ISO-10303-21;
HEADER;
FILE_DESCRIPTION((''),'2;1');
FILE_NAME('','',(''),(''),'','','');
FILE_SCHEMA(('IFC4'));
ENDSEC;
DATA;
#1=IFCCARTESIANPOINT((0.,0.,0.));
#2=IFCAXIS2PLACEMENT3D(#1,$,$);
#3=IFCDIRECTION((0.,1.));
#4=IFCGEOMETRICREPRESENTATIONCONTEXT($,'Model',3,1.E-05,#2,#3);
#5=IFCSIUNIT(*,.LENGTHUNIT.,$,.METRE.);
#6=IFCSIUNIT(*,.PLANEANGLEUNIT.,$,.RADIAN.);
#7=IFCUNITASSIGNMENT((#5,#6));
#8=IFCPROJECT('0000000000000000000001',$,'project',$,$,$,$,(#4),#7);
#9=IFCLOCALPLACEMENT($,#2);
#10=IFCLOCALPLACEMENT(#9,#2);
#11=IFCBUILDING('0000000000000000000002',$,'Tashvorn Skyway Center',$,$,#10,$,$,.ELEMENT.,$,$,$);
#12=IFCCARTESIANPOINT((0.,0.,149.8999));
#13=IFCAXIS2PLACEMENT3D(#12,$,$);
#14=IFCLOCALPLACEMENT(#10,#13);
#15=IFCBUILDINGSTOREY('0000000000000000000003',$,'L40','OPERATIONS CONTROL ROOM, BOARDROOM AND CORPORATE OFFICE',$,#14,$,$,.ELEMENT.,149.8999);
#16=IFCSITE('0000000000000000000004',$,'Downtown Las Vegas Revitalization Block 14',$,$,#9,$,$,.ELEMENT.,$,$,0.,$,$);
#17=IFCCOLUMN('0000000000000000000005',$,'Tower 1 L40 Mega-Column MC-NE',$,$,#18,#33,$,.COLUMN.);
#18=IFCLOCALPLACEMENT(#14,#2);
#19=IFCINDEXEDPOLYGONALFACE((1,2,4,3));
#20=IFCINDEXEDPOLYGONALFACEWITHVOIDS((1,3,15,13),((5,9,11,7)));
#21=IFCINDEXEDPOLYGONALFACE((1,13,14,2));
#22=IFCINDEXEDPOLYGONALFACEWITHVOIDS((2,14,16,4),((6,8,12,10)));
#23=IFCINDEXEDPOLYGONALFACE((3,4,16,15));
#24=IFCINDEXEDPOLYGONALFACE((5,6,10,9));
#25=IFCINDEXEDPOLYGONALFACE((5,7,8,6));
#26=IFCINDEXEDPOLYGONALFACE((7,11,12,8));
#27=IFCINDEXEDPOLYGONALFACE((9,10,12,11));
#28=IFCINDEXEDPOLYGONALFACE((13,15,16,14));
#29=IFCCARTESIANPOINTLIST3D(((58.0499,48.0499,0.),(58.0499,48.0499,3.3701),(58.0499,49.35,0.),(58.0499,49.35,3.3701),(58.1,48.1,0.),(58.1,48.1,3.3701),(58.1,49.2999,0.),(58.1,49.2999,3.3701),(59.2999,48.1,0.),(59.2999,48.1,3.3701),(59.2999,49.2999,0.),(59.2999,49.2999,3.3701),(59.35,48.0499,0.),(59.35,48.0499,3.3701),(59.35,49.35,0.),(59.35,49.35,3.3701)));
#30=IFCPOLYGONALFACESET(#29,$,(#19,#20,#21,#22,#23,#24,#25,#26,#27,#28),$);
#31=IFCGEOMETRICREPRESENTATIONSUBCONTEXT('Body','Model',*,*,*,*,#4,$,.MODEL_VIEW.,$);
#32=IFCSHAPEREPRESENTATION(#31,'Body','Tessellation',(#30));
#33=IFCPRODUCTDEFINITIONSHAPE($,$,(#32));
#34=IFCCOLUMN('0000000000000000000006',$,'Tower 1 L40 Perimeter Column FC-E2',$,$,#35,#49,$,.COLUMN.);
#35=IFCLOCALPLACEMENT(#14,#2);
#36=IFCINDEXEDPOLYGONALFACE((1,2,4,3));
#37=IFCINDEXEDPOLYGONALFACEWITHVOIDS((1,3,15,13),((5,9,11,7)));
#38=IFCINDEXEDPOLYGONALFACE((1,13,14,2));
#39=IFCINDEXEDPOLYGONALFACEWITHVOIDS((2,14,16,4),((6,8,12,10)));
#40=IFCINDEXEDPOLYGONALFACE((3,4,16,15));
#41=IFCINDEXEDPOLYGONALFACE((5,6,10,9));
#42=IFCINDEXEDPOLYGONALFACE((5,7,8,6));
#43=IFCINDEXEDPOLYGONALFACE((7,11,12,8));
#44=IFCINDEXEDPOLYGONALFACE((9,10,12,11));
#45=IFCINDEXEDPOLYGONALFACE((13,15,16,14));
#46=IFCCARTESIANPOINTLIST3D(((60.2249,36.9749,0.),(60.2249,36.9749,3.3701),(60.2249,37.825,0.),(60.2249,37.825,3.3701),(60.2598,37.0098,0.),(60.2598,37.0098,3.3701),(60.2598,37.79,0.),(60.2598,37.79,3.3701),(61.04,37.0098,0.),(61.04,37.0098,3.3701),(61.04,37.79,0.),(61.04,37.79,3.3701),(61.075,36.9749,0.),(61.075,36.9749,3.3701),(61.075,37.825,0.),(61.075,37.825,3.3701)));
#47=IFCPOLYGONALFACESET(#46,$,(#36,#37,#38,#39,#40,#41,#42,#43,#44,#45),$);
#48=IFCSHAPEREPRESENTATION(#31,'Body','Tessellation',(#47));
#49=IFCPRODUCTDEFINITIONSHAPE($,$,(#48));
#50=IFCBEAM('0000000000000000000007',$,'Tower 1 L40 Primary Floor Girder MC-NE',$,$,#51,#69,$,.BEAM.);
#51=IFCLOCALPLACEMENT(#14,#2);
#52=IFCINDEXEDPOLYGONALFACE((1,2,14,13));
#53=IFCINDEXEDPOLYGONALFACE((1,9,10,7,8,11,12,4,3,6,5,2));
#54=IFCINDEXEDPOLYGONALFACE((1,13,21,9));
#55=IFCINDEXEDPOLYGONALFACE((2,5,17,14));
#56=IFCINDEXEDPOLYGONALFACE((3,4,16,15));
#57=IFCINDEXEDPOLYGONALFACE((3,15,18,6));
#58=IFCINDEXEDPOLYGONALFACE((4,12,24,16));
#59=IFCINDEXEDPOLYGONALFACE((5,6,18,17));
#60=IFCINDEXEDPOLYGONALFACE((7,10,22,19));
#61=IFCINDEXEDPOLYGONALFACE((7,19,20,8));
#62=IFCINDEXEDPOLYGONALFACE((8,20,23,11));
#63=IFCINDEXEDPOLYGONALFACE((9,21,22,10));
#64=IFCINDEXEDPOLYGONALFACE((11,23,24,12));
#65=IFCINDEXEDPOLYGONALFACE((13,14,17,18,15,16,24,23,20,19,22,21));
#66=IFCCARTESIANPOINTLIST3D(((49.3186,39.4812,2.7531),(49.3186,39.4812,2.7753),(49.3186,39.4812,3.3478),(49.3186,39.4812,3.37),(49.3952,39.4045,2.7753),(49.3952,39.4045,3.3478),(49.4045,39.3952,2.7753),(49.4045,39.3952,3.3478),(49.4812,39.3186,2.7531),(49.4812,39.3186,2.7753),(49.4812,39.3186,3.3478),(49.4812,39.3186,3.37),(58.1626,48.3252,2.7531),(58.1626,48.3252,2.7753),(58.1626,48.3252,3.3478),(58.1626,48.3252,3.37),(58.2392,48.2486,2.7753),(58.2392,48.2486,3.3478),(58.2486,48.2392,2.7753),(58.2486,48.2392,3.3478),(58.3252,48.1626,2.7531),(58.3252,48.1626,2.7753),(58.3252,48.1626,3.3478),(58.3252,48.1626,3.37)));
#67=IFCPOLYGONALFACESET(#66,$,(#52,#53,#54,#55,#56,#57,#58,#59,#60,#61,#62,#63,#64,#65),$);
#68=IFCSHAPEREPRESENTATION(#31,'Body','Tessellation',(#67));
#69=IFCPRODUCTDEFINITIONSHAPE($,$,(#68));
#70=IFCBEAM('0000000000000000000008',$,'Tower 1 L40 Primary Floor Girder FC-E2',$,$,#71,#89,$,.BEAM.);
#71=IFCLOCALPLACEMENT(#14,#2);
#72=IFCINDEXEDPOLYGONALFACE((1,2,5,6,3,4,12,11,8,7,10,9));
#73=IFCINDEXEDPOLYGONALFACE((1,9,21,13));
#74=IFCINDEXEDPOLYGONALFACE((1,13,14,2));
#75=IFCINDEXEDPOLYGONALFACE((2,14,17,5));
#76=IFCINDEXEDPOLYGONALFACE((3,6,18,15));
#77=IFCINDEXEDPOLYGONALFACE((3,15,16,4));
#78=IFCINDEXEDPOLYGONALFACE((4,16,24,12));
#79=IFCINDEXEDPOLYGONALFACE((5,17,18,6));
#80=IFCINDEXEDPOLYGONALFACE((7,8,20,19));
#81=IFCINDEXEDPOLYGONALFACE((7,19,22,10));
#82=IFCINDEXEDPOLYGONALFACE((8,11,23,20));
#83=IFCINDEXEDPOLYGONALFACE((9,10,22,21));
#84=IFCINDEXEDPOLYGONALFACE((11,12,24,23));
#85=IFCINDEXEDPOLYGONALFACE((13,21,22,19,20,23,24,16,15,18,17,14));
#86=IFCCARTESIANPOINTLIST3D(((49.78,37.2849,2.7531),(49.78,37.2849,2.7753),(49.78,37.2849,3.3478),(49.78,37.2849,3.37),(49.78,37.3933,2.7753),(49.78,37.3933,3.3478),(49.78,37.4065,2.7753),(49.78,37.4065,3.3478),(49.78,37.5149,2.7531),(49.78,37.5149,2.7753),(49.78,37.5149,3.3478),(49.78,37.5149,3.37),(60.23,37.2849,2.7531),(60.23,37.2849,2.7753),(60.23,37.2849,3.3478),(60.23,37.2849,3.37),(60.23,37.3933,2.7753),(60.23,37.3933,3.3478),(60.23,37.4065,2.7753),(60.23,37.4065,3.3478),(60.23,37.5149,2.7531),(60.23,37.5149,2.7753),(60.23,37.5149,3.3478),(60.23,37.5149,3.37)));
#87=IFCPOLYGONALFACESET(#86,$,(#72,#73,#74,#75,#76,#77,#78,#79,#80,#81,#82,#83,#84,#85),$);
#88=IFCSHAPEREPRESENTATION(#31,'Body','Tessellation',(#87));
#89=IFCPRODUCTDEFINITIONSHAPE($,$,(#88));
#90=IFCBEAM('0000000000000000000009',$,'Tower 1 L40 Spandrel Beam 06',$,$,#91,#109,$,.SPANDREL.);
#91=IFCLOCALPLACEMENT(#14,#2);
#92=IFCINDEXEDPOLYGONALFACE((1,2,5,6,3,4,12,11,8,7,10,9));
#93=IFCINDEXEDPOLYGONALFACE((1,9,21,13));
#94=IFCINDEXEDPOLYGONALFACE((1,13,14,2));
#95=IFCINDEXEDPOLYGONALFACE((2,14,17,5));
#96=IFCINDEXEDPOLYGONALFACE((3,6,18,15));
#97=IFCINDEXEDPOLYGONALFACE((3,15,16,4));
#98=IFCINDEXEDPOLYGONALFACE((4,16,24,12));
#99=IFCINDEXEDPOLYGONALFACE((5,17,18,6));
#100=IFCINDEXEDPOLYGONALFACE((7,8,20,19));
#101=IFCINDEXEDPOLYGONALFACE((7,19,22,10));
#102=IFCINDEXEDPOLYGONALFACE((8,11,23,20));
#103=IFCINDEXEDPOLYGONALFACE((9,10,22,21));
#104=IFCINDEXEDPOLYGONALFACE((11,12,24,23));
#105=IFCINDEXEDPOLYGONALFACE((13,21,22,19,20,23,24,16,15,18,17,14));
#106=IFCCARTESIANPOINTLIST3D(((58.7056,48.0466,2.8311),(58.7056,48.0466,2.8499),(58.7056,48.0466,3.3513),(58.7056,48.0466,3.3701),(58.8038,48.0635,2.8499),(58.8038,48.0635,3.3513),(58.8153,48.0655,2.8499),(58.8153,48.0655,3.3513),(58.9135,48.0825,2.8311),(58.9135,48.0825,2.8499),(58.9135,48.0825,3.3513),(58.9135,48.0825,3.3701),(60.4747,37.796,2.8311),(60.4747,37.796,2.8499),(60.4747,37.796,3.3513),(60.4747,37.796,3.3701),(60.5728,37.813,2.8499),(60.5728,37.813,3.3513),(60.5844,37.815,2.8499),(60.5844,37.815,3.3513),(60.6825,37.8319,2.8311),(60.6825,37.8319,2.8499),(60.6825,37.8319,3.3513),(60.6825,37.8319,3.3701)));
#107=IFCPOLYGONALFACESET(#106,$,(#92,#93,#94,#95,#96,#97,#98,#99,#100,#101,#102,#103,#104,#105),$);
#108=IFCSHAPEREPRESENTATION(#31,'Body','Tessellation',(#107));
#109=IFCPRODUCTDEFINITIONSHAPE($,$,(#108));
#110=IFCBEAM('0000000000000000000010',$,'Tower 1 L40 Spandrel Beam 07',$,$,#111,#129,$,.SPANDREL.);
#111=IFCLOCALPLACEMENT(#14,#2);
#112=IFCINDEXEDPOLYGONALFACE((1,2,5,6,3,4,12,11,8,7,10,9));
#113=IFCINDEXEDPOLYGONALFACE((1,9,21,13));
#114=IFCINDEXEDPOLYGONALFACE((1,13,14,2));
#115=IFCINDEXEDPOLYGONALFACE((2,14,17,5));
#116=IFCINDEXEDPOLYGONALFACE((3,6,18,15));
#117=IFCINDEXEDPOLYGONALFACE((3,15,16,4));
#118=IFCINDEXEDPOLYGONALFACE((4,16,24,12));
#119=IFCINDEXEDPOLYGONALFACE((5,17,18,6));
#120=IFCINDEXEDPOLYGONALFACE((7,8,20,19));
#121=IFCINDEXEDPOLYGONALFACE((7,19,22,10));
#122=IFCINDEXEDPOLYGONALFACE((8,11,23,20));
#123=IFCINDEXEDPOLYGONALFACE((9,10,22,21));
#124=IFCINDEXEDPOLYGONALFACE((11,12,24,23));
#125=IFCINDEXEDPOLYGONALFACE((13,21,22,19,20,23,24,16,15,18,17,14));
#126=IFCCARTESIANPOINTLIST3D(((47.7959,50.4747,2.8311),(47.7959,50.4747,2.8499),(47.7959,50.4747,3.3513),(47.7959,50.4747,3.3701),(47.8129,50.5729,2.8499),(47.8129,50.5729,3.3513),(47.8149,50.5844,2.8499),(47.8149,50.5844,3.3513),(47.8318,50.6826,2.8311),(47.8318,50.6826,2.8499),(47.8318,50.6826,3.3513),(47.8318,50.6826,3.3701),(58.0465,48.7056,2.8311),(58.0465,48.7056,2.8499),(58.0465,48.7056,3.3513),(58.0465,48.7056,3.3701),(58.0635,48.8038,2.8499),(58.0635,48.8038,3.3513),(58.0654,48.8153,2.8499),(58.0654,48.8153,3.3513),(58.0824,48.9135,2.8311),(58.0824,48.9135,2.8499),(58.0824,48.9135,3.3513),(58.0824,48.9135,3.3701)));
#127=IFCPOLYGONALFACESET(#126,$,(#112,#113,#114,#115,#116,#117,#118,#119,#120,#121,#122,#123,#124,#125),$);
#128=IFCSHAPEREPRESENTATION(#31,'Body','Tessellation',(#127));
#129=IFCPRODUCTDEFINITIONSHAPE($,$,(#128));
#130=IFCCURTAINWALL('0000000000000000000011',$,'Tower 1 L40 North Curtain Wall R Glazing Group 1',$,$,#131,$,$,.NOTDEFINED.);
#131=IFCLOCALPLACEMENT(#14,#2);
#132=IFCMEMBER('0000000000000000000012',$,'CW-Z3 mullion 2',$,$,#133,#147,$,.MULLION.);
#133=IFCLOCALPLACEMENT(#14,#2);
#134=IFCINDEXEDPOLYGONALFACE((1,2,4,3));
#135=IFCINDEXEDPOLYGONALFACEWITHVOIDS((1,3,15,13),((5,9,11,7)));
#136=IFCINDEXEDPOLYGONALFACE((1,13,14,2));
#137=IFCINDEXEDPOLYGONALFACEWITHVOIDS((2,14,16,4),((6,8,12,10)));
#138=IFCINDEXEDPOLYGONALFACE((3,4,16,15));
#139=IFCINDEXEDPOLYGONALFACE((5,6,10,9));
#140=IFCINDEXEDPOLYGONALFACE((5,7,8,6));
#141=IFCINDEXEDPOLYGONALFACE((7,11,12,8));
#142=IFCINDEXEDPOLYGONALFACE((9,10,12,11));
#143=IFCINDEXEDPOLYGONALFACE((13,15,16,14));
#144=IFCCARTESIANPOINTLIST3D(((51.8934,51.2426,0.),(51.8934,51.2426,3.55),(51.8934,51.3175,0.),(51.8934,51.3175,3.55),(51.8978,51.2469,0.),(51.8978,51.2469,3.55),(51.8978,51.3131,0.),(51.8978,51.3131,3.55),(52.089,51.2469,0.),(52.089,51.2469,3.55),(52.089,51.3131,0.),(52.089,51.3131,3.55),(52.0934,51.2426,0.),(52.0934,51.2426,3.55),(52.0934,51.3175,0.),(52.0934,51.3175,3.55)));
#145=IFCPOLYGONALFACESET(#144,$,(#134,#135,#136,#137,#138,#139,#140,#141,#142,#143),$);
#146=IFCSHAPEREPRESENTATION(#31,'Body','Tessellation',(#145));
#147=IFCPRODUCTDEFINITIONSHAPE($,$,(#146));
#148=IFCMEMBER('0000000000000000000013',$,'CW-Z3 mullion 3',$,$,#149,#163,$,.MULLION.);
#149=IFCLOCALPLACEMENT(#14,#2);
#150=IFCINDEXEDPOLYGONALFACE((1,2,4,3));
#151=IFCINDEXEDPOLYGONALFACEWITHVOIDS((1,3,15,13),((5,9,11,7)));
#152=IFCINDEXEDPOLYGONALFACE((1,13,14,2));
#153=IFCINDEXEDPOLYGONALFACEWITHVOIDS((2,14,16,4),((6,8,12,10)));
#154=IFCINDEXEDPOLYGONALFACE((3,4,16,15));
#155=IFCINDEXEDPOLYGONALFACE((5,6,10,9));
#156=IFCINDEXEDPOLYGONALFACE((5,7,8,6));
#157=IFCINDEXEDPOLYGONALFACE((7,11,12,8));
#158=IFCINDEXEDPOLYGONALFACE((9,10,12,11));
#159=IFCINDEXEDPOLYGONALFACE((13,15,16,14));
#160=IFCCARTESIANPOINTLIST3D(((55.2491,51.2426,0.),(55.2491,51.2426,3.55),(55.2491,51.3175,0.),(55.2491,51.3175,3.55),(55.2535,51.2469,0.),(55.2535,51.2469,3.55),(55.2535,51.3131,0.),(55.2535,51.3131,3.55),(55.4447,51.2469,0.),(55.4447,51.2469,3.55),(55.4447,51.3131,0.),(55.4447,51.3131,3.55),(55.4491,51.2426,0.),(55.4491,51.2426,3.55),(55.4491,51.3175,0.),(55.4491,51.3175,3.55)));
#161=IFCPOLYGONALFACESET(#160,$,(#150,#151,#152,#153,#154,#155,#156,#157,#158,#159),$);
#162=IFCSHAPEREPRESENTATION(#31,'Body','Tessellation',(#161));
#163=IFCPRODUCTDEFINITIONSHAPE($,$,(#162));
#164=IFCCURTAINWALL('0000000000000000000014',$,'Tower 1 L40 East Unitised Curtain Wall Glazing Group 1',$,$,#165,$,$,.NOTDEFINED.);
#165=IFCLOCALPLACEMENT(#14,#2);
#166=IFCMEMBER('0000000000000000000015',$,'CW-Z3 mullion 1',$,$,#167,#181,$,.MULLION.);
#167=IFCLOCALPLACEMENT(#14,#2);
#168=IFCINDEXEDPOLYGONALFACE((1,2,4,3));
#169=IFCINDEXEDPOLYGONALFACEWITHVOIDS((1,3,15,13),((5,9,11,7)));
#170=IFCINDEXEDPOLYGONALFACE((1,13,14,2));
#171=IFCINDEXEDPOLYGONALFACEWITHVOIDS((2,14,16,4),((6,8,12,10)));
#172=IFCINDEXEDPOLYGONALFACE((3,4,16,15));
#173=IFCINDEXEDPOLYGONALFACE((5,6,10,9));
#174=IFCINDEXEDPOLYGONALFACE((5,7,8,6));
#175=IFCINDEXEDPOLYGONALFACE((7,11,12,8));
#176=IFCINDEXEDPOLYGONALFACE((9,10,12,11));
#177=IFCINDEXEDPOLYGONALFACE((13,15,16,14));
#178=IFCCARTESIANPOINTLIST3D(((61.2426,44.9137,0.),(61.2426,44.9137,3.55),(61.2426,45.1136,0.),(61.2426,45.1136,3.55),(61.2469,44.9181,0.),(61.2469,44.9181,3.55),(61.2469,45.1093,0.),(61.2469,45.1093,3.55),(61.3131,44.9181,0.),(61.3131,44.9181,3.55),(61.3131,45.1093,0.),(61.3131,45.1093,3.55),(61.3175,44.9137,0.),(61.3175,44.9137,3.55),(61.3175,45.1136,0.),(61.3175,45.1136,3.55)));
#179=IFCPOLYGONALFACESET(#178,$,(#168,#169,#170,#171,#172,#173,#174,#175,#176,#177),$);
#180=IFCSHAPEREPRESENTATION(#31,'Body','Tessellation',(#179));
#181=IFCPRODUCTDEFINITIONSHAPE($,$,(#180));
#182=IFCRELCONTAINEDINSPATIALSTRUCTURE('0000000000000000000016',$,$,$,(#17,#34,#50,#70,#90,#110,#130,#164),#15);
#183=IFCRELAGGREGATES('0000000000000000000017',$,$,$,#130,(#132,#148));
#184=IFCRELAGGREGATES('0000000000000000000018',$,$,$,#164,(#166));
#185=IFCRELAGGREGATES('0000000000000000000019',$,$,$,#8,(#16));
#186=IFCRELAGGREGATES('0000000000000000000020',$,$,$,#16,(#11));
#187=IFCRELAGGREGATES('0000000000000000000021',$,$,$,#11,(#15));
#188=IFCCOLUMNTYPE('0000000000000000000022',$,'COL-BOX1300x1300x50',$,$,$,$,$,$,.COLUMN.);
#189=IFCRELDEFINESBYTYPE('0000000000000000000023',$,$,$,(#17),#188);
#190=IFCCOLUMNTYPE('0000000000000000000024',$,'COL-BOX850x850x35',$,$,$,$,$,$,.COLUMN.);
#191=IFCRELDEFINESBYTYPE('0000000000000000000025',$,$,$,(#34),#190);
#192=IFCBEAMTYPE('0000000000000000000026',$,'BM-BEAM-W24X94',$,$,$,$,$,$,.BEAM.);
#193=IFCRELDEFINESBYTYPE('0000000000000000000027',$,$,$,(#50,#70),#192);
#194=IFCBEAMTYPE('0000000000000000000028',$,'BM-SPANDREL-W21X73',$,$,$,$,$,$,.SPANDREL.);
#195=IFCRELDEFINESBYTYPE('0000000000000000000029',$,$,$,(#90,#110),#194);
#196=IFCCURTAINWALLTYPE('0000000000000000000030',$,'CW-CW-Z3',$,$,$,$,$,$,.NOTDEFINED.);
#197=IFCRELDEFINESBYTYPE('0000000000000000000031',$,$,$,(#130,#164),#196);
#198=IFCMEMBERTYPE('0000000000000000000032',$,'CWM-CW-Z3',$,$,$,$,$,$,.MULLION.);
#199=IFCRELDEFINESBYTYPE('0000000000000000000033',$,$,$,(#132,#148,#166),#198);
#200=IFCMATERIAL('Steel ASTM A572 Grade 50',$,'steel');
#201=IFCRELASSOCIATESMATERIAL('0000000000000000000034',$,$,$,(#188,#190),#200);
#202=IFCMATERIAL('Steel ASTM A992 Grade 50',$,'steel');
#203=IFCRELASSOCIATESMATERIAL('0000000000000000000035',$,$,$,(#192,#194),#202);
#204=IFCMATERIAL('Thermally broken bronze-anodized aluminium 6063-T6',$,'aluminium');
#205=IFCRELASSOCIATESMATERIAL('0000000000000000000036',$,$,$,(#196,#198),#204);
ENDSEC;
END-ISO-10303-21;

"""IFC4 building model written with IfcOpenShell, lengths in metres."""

from ifc_helpers import new_model, si_unit, direction, frame, origin, origin_2d, place, context, subcontext, project, spatial, hollow_rectangle, i_section, extrude, material, material_profile, profile_set, type_object, element, aggregate, save


model = new_model("IFC4")

# Units and contexts
model_context = context("Model", 3, precision=1e-05, world=origin(), true_north=direction((0.0, 1.0)))
body_context = subcontext(model_context, "Body", "Model", "MODEL_VIEW")
ifc_project = project(units=[si_unit("LENGTHUNIT", "METRE"), si_unit("PLANEANGLEUNIT", "RADIAN")], contexts=[model_context])

# Site, building, storey
site_placement = place(None, origin())
site = spatial("IfcSite", under=ifc_project, at=site_placement, Name="Downtown Las Vegas Revitalization Block 14", CompositionType="ELEMENT", RefElevation=0.0)
building_placement = place(site_placement, origin())
building = spatial("IfcBuilding", under=site, at=building_placement, Name="Tashvorn Skyway Center", CompositionType="ELEMENT")
storey_placement = place(building_placement, frame((0.0, 0.0, 149.8999)))
storey = spatial("IfcBuildingStorey", under=building, at=storey_placement, Name="L40", Description="OPERATIONS CONTROL ROOM, BOARDROOM AND CORPORATE OFFICE", CompositionType="ELEMENT", Elevation=149.8999)

# Columns
ifc_material_1 = material(Name="Steel ASTM A572 Grade 50", Category="steel")
ifc_material_profile_1 = material_profile(ifc_material_1, hollow_rectangle(XDim=1.3, YDim=1.3, WallThickness=0.05, at=origin_2d()), Name="BOX1300x1300x50")
ifc_profile_set_1 = profile_set([ifc_material_profile_1], Name="Steel ASTM A572 Grade 50")
column_type_1 = type_object("IfcColumnType", Name="COL-BOX1300x1300x50", PredefinedType="COLUMN", material=ifc_profile_set_1)
column_1_placement = place(storey_placement, frame((58.7, 48.7, 0.0), z_axis=(0.0, 0.0, 1.0), x_axis=(1.0, 0.0, 0.0)))
element("IfcColumn", 1, at=column_1_placement, inside=storey, type_object=column_type_1, Name="Tower 1 L40 Mega-Column MC-NE", PredefinedType="COLUMN", context=body_context, shape_type="SweptSolid", body=[
    extrude(hollow_rectangle(XDim=1.3, YDim=1.3, WallThickness=0.05, at=origin_2d()), origin(), (0.0, 0.0, 1.0), 3.3701),
])
ifc_material_profile_2 = material_profile(ifc_material_1, hollow_rectangle(XDim=0.8501, YDim=0.8501, WallThickness=0.0349, at=origin_2d()), Name="BOX850x850x35")
ifc_profile_set_2 = profile_set([ifc_material_profile_2], Name="Steel ASTM A572 Grade 50")
column_type_2 = type_object("IfcColumnType", Name="COL-BOX850x850x35", PredefinedType="COLUMN", material=ifc_profile_set_2)
column_2_placement = place(storey_placement, frame((60.6499, 37.3999, 0.0), z_axis=(0.0, 0.0, 1.0), x_axis=(1.0, 0.0, 0.0)))
element("IfcColumn", 2, at=column_2_placement, inside=storey, type_object=column_type_2, Name="Tower 1 L40 Perimeter Column FC-E2", PredefinedType="COLUMN", context=body_context, shape_type="SweptSolid", body=[
    extrude(hollow_rectangle(XDim=0.8501, YDim=0.8501, WallThickness=0.0349, at=origin_2d()), origin(), (0.0, 0.0, 1.0), 3.3701),
])

# Beams
ifc_material_2 = material(Name="Steel ASTM A992 Grade 50", Category="steel")
ifc_material_profile_3 = material_profile(ifc_material_2, i_section(OverallWidth=0.23, OverallDepth=0.6169, WebThickness=0.0132, FlangeThickness=0.0222, at=origin_2d()), Name="W24X94")
ifc_profile_set_3 = profile_set([ifc_material_profile_3], Name="Steel ASTM A992 Grade 50")
beam_type_1 = type_object("IfcBeamType", Name="BM-BEAM-W24X94", PredefinedType="BEAM", material=ifc_profile_set_3)
beam_1_placement = place(storey_placement, frame((58.2439, 48.2439, 3.0615), z_axis=(-0.707107, -0.707107, 0.0), x_axis=(0.707107, -0.707107, 0.0)))
element("IfcBeam", 3, at=beam_1_placement, inside=storey, type_object=beam_type_1, Name="Tower 1 L40 Primary Floor Girder MC-NE", PredefinedType="BEAM", context=body_context, shape_type="SweptSolid", body=[
    extrude(i_section(OverallWidth=0.23, OverallDepth=0.6169, WebThickness=0.0132, FlangeThickness=0.0222, at=origin_2d()), origin(), (0.0, 0.0, 1.0), 12.5073),
])
beam_2_placement = place(storey_placement, frame((60.23, 37.3999, 3.0615), z_axis=(-1.0, 0.0, 0.0), x_axis=(0.0, -1.0, 0.0)))
element("IfcBeam", 4, at=beam_2_placement, inside=storey, type_object=beam_type_1, Name="Tower 1 L40 Primary Floor Girder FC-E2", PredefinedType="BEAM", context=body_context, shape_type="SweptSolid", body=[
    extrude(i_section(OverallWidth=0.23, OverallDepth=0.6169, WebThickness=0.0132, FlangeThickness=0.0222, at=origin_2d()), origin(), (0.0, 0.0, 1.0), 10.45),
])
ifc_material_profile_4 = material_profile(ifc_material_2, i_section(OverallWidth=0.2109, OverallDepth=0.5391, WebThickness=0.0117, FlangeThickness=0.0188, at=origin_2d()), Name="W21X73")
ifc_profile_set_4 = profile_set([ifc_material_profile_4], Name="Steel ASTM A992 Grade 50")
beam_type_2 = type_object("IfcBeamType", Name="BM-SPANDREL-W21X73", PredefinedType="SPANDREL", material=ifc_profile_set_4)
for number, where, z_axis, x_axis, name in (
    (5, (60.5786, 37.814, 3.1006), (-0.170067, 0.985432, 0.0), (-0.985432, -0.170067, 0.0), "Tower 1 L40 Spandrel Beam 06"),
    (6, (58.0645, 48.8096, 3.1006), (-0.985432, 0.170067, 0.0), (-0.170067, -0.985432, 0.0), "Tower 1 L40 Spandrel Beam 07"),
):
    element("IfcBeam", number, at=place(storey_placement, frame(where, z_axis=z_axis, x_axis=x_axis)), inside=storey, type_object=beam_type_2, Name=name, PredefinedType="SPANDREL", context=body_context, shape_type="SweptSolid", body=[
        extrude(i_section(OverallWidth=0.2109, OverallDepth=0.5391, WebThickness=0.0117, FlangeThickness=0.0188, at=origin_2d()), origin(), (0.0, 0.0, 1.0), 10.4021),
    ])

# Curtain walls, members
ifc_material_3 = material(Name="Thermally broken bronze-anodized aluminium 6063-T6", Category="aluminium")
curtain_wall_type = type_object("IfcCurtainWallType", Name="CW-CW-Z3", PredefinedType="NOTDEFINED", material=ifc_material_3)
curtain_wall_1_placement = place(storey_placement, origin())
curtain_wall_1 = element("IfcCurtainWall", 7, at=curtain_wall_1_placement, inside=storey, type_object=curtain_wall_type, Name="Tower 1 L40 North Curtain Wall R Glazing Group 1", PredefinedType="NOTDEFINED")
ifc_material_profile_5 = material_profile(ifc_material_3, hollow_rectangle(XDim=0.075, YDim=0.2, WallThickness=0.0044, at=origin_2d()), Name="ALU-MULL-75x200")
ifc_profile_set_5 = profile_set([ifc_material_profile_5], Name="Thermally broken bronze-anodized aluminium 6063-T6")
member_type_1 = type_object("IfcMemberType", Name="CWM-CW-Z3", PredefinedType="MULLION", material=ifc_profile_set_5)
member_1_placement = place(storey_placement, frame((51.9934, 51.28, 0.0), z_axis=(0.0, 0.0, 1.0), x_axis=(0.0, 1.0, 0.0)))
member_1 = element("IfcMember", 8, at=member_1_placement, type_object=member_type_1, Name="CW-Z3 mullion 2", PredefinedType="MULLION", context=body_context, shape_type="SweptSolid", body=[
    extrude(hollow_rectangle(XDim=0.075, YDim=0.2, WallThickness=0.0044, at=origin_2d()), origin(), (0.0, 0.0, 1.0), 3.55),
])
member_2_placement = place(storey_placement, frame((55.3491, 51.28, 0.0), z_axis=(0.0, 0.0, 1.0), x_axis=(0.0, 1.0, 0.0)))
member_2 = element("IfcMember", 9, at=member_2_placement, type_object=member_type_1, Name="CW-Z3 mullion 3", PredefinedType="MULLION", context=body_context, shape_type="SweptSolid", body=[
    extrude(hollow_rectangle(XDim=0.075, YDim=0.2, WallThickness=0.0044, at=origin_2d()), origin(), (0.0, 0.0, 1.0), 3.55),
])
curtain_wall_2_placement = place(storey_placement, origin())
curtain_wall_2 = element("IfcCurtainWall", 10, at=curtain_wall_2_placement, inside=storey, type_object=curtain_wall_type, Name="Tower 1 L40 East Unitised Curtain Wall Glazing Group 1", PredefinedType="NOTDEFINED")
member_3_placement = place(storey_placement, frame((61.28, 45.0137, 0.0), z_axis=(0.0, 0.0, 1.0), x_axis=(1.0, 0.0, 0.0)))
member_3 = element("IfcMember", 11, at=member_3_placement, type_object=member_type_1, Name="CW-Z3 mullion 1", PredefinedType="MULLION", context=body_context, shape_type="SweptSolid", body=[
    extrude(hollow_rectangle(XDim=0.075, YDim=0.2, WallThickness=0.0044, at=origin_2d()), origin(), (0.0, 0.0, 1.0), 3.55),
])

aggregate(curtain_wall_1, [member_1, member_2])
aggregate(curtain_wall_2, [member_3])

save(model, "model.ifc")
